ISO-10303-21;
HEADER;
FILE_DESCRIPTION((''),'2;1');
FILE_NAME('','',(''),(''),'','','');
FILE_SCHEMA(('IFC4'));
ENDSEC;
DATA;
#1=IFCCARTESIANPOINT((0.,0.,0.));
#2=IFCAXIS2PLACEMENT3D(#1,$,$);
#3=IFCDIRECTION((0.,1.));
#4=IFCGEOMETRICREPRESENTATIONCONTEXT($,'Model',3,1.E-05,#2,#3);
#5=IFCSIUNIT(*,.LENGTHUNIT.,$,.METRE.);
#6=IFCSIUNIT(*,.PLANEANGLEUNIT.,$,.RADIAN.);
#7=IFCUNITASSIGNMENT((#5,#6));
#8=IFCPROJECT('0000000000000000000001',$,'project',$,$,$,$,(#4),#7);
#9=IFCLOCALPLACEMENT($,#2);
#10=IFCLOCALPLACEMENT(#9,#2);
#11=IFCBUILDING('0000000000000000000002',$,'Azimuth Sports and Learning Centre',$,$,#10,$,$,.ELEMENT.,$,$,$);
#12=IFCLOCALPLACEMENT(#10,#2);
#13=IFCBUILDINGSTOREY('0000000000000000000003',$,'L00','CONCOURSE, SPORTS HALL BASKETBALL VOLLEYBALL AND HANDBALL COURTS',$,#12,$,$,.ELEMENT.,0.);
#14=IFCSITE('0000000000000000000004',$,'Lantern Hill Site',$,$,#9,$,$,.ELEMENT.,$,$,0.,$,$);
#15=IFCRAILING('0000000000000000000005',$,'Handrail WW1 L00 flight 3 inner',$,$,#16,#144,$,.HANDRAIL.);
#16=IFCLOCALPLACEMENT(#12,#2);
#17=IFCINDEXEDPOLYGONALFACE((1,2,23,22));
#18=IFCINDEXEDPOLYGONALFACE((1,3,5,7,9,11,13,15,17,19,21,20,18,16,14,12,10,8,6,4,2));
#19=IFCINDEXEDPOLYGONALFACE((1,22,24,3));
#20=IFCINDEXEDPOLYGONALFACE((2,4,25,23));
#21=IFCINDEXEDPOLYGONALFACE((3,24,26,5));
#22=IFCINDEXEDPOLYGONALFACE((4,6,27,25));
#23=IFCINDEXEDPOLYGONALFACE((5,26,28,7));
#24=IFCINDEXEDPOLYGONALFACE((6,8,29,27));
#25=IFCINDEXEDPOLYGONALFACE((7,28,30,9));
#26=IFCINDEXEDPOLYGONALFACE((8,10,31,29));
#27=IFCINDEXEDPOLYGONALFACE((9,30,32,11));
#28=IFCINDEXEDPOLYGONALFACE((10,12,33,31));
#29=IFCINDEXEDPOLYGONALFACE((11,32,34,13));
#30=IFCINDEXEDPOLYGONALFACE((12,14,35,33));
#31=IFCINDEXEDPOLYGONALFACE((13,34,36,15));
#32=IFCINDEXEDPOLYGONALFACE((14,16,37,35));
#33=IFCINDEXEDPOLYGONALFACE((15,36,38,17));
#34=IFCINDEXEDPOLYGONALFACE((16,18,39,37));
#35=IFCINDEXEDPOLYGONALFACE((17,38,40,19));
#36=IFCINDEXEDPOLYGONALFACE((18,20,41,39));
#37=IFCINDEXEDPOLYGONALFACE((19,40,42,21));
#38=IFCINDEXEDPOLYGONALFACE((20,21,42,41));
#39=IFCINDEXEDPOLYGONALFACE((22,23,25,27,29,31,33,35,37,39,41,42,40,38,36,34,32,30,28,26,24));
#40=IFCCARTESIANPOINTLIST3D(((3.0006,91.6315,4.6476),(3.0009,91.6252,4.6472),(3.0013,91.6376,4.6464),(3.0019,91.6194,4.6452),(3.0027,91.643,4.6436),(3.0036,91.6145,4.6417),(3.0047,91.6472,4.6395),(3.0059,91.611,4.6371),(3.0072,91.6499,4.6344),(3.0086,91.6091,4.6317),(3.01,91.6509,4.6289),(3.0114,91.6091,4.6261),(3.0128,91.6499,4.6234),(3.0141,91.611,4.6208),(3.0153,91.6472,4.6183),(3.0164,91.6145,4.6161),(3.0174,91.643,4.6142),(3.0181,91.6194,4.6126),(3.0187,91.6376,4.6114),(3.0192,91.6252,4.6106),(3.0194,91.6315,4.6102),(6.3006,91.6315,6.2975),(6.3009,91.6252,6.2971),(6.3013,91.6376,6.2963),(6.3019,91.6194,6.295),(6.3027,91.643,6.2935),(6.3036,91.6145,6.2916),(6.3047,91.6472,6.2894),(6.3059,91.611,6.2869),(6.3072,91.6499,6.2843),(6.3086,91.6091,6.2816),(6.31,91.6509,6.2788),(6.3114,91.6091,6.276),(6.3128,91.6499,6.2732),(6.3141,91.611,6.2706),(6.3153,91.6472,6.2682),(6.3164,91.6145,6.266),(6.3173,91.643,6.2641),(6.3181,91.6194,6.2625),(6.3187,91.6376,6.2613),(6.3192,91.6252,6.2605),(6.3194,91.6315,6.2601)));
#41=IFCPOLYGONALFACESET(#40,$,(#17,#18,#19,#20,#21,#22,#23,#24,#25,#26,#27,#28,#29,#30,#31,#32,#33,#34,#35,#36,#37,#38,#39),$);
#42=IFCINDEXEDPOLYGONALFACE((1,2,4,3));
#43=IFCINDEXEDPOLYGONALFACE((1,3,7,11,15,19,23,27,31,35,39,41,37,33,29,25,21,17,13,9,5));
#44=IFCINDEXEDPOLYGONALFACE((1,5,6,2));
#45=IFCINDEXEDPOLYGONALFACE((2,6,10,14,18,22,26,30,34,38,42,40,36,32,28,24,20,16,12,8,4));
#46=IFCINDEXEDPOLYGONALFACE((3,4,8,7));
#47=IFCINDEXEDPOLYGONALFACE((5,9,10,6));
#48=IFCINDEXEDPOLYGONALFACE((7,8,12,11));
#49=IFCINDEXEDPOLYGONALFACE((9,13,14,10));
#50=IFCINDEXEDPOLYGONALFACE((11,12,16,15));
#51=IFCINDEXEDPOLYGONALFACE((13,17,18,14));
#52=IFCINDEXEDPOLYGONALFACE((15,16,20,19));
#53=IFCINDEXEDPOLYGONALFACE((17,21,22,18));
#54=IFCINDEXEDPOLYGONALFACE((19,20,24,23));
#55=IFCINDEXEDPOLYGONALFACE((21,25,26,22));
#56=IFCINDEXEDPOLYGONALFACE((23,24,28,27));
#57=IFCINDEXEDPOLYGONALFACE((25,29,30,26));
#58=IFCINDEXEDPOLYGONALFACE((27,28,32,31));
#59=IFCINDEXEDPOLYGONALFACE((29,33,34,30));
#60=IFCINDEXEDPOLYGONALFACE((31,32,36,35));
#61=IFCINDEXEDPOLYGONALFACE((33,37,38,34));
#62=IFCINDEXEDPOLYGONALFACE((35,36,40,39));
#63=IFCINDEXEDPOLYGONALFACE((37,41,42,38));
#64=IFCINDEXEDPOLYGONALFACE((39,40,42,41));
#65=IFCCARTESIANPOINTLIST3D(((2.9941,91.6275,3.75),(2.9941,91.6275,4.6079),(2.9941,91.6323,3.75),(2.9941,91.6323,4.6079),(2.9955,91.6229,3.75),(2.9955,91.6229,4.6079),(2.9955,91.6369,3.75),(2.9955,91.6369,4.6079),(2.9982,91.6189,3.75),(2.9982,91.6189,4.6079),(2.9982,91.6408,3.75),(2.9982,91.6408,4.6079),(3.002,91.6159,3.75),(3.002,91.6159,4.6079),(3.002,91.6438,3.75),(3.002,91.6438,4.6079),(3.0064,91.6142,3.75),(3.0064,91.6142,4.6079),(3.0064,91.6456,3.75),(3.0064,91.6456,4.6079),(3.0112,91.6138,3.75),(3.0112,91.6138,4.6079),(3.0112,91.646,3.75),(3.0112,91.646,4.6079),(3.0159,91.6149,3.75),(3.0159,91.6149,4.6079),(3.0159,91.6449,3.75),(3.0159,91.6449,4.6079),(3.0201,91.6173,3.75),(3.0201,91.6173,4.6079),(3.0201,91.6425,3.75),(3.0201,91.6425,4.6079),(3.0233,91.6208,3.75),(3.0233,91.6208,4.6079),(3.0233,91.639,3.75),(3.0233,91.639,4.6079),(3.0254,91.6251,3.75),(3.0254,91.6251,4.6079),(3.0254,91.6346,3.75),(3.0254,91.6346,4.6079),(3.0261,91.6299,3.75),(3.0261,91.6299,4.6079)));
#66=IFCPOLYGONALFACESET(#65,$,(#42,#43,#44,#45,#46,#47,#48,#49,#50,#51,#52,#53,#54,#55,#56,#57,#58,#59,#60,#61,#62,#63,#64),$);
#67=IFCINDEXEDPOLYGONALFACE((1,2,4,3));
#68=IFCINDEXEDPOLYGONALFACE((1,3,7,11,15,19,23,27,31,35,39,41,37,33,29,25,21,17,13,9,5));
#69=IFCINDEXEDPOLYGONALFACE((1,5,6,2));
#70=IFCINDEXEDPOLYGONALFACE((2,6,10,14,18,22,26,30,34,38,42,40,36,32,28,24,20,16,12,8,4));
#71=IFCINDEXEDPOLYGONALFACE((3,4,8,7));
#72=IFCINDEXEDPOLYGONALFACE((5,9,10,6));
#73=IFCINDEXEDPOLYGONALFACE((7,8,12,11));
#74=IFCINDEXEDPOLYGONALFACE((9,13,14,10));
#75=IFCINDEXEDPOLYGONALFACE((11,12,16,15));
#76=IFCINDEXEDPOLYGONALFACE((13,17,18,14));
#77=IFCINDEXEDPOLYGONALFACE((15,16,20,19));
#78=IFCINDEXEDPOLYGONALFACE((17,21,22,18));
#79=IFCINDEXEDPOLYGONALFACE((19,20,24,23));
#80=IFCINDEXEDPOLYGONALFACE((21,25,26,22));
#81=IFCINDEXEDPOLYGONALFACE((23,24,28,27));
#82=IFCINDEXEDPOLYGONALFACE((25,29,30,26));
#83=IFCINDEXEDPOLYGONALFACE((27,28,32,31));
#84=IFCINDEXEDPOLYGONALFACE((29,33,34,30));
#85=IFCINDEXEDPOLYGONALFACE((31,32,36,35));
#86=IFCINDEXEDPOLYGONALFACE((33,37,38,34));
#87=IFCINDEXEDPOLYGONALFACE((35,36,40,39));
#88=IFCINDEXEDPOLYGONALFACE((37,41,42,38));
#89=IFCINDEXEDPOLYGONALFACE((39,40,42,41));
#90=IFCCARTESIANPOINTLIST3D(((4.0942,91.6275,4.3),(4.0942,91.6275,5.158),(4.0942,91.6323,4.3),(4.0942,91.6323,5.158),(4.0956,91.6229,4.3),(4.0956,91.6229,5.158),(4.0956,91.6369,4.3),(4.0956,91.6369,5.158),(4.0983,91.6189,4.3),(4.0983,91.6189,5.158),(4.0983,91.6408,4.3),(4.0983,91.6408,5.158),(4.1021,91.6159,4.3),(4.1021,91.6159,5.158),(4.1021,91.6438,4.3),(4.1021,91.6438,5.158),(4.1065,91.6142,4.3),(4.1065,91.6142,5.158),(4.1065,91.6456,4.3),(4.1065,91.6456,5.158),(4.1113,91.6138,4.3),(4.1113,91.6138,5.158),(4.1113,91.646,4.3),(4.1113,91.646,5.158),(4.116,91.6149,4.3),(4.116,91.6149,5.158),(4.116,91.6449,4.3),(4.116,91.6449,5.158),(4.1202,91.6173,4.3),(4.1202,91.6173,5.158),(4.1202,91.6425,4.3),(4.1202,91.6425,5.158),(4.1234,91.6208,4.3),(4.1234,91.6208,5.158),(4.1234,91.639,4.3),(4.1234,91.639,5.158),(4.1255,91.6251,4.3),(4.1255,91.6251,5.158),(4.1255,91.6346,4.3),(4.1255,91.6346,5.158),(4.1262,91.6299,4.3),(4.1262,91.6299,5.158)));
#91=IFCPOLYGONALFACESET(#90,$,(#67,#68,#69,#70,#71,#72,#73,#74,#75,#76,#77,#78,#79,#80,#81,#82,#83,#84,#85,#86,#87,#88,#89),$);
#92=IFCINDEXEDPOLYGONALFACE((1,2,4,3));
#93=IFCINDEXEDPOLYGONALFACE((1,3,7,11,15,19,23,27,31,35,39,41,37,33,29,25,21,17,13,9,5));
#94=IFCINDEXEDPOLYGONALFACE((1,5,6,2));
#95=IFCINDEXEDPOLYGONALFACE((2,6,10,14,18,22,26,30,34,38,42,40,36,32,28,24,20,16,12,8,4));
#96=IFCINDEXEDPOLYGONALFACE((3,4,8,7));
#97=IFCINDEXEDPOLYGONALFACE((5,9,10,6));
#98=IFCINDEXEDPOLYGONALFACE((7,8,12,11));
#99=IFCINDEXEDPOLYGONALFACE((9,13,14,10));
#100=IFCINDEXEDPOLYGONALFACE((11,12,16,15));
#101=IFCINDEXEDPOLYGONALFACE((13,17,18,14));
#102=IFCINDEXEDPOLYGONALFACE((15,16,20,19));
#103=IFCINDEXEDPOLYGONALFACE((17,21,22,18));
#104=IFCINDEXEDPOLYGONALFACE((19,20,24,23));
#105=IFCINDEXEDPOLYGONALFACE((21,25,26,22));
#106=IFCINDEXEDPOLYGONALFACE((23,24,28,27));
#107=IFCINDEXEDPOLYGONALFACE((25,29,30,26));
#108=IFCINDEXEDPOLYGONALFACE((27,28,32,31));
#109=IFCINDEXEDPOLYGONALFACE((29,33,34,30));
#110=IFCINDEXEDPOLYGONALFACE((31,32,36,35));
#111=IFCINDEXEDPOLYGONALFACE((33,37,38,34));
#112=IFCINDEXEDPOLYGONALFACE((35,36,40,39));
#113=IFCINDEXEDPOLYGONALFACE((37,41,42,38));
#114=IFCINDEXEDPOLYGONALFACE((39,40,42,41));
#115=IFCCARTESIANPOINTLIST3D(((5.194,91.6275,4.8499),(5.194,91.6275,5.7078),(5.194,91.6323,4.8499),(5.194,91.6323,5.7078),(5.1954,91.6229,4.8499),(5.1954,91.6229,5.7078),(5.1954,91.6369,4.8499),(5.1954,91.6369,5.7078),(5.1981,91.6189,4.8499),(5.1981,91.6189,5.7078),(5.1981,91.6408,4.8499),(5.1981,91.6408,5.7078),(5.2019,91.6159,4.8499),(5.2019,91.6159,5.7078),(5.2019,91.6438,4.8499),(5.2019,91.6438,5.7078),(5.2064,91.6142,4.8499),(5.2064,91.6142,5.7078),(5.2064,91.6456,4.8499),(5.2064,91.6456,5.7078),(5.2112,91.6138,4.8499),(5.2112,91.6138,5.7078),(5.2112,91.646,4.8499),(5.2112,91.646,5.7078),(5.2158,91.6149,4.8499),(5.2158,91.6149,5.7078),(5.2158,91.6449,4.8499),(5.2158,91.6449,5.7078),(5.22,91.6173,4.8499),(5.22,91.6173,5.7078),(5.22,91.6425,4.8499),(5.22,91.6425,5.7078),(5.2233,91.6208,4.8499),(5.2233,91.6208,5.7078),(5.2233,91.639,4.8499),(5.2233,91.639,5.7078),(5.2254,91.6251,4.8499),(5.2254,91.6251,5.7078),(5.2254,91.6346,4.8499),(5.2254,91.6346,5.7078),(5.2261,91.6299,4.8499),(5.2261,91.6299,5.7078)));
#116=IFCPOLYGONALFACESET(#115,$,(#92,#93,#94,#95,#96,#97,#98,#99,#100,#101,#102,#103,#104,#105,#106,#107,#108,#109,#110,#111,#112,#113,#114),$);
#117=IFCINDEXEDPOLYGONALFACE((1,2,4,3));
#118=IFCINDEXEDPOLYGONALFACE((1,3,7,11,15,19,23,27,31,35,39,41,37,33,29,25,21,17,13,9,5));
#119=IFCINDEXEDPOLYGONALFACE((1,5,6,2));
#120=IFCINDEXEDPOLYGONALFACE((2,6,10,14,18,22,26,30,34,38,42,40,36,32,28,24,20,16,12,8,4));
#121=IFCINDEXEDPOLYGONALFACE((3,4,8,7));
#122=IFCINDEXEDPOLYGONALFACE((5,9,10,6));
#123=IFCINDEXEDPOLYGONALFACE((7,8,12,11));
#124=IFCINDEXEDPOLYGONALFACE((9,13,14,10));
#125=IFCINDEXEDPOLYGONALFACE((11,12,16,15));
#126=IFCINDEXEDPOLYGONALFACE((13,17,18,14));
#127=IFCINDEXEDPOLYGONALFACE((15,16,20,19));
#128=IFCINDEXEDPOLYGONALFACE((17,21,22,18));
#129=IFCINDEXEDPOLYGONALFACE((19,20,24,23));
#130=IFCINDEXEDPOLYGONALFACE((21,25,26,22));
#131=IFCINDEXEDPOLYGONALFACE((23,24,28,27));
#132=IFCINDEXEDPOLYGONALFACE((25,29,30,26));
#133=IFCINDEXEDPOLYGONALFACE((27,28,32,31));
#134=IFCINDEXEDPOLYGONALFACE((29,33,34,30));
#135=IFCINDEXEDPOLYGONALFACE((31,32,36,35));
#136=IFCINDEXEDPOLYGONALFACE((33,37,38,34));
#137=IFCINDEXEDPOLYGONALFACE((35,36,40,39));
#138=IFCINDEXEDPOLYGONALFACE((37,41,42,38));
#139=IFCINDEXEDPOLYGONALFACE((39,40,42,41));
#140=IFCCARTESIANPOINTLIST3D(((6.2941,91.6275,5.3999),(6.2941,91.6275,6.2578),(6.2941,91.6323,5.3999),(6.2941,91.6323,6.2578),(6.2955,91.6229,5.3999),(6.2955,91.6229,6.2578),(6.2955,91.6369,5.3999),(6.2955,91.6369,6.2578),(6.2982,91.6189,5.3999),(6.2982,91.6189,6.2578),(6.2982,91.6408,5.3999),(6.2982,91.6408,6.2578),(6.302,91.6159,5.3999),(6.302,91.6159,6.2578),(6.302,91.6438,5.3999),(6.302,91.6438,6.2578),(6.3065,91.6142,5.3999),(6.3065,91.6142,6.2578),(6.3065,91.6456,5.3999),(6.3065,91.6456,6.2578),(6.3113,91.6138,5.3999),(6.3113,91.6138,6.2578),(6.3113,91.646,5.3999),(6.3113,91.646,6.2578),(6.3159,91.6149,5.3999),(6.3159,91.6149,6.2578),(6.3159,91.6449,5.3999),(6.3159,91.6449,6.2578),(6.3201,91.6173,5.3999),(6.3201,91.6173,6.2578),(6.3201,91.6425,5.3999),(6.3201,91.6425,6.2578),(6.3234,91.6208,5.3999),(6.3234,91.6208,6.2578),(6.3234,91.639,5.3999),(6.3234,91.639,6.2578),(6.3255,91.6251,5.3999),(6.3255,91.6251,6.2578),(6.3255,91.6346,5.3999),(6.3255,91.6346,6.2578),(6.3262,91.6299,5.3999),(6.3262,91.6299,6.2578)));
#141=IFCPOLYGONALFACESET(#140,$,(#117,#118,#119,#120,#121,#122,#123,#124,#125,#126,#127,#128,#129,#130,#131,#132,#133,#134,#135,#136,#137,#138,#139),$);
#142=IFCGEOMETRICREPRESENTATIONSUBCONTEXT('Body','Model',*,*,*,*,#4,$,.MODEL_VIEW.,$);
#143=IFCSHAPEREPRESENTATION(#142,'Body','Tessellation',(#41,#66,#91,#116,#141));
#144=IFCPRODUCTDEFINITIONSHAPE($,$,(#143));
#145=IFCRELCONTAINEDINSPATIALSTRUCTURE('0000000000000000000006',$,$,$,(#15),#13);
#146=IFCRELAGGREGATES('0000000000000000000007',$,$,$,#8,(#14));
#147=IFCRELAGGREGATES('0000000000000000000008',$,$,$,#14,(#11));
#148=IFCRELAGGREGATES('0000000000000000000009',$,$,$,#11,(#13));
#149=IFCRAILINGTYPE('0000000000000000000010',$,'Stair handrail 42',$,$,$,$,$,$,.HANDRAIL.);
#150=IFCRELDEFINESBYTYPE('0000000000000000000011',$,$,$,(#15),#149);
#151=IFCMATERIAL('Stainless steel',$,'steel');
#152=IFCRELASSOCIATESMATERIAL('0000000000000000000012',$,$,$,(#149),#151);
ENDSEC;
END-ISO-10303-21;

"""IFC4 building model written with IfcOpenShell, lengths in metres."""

from ifc_helpers import new_model, si_unit, direction, frame, origin, origin_2d, place, context, subcontext, project, spatial, circle, extrude, material, type_object, element, save


model = new_model("IFC4")

# Units and contexts
model_context = context("Model", 3, precision=1e-05, world=origin(), true_north=direction((0.0, 1.0)))
body_context = subcontext(model_context, "Body", "Model", "MODEL_VIEW")
ifc_project = project(units=[si_unit("LENGTHUNIT", "METRE"), si_unit("PLANEANGLEUNIT", "RADIAN")], contexts=[model_context])

# Site, building, storey
site_placement = place(None, origin())
site = spatial("IfcSite", under=ifc_project, at=site_placement, Name="Lantern Hill Site", CompositionType="ELEMENT", RefElevation=0.0)
building_placement = place(site_placement, origin())
building = spatial("IfcBuilding", under=site, at=building_placement, Name="Azimuth Sports and Learning Centre", CompositionType="ELEMENT")
storey_placement = place(building_placement, origin())
storey = spatial("IfcBuildingStorey", under=building, at=storey_placement, Name="L00", Description="CONCOURSE, SPORTS HALL BASKETBALL VOLLEYBALL AND HANDBALL COURTS", CompositionType="ELEMENT", Elevation=0.0)

# Railing
ifc_material_1 = material(Name="Stainless steel", Category="steel")
railing_type_1 = type_object("IfcRailingType", Name="Stair handrail 42", PredefinedType="HANDRAIL", material=ifc_material_1)
for number, where, name in (
    (1, (3.01, 91.6299, 3.75), "Handrail WW1 L00 flight 3 inner"),
):
    element("IfcRailing", number, at=place(storey_placement, frame(where)), inside=storey, type_object=railing_type_1, Name=name, PredefinedType="HANDRAIL", context=body_context, shape_type="SweptSolid", body=[
        extrude(circle(Radius=0.021, at=origin_2d()), frame((0.0, 0.0, 0.8789), z_axis=(0.89444, 0.0, 0.447187), x_axis=(0.0, 1.0, 0.0)), (0.0, 0.0, 1.0), 3.6895),
        extrude(circle(Radius=0.0161, at=origin_2d()), origin(), (0.0, 0.0, 1.0), 0.8579),
        extrude(circle(Radius=0.0161, at=origin_2d()), frame((1.1001, 0.0, 0.55)), (0.0, 0.0, 1.0), 0.8579),
        extrude(circle(Radius=0.0161, at=origin_2d()), frame((2.2, 0.0, 1.0999)), (0.0, 0.0, 1.0), 0.8579),
        extrude(circle(Radius=0.0161, at=origin_2d()), frame((3.3, 0.0, 1.6499)), (0.0, 0.0, 1.0), 0.8579),
    ])

save(model, "model.ifc")
